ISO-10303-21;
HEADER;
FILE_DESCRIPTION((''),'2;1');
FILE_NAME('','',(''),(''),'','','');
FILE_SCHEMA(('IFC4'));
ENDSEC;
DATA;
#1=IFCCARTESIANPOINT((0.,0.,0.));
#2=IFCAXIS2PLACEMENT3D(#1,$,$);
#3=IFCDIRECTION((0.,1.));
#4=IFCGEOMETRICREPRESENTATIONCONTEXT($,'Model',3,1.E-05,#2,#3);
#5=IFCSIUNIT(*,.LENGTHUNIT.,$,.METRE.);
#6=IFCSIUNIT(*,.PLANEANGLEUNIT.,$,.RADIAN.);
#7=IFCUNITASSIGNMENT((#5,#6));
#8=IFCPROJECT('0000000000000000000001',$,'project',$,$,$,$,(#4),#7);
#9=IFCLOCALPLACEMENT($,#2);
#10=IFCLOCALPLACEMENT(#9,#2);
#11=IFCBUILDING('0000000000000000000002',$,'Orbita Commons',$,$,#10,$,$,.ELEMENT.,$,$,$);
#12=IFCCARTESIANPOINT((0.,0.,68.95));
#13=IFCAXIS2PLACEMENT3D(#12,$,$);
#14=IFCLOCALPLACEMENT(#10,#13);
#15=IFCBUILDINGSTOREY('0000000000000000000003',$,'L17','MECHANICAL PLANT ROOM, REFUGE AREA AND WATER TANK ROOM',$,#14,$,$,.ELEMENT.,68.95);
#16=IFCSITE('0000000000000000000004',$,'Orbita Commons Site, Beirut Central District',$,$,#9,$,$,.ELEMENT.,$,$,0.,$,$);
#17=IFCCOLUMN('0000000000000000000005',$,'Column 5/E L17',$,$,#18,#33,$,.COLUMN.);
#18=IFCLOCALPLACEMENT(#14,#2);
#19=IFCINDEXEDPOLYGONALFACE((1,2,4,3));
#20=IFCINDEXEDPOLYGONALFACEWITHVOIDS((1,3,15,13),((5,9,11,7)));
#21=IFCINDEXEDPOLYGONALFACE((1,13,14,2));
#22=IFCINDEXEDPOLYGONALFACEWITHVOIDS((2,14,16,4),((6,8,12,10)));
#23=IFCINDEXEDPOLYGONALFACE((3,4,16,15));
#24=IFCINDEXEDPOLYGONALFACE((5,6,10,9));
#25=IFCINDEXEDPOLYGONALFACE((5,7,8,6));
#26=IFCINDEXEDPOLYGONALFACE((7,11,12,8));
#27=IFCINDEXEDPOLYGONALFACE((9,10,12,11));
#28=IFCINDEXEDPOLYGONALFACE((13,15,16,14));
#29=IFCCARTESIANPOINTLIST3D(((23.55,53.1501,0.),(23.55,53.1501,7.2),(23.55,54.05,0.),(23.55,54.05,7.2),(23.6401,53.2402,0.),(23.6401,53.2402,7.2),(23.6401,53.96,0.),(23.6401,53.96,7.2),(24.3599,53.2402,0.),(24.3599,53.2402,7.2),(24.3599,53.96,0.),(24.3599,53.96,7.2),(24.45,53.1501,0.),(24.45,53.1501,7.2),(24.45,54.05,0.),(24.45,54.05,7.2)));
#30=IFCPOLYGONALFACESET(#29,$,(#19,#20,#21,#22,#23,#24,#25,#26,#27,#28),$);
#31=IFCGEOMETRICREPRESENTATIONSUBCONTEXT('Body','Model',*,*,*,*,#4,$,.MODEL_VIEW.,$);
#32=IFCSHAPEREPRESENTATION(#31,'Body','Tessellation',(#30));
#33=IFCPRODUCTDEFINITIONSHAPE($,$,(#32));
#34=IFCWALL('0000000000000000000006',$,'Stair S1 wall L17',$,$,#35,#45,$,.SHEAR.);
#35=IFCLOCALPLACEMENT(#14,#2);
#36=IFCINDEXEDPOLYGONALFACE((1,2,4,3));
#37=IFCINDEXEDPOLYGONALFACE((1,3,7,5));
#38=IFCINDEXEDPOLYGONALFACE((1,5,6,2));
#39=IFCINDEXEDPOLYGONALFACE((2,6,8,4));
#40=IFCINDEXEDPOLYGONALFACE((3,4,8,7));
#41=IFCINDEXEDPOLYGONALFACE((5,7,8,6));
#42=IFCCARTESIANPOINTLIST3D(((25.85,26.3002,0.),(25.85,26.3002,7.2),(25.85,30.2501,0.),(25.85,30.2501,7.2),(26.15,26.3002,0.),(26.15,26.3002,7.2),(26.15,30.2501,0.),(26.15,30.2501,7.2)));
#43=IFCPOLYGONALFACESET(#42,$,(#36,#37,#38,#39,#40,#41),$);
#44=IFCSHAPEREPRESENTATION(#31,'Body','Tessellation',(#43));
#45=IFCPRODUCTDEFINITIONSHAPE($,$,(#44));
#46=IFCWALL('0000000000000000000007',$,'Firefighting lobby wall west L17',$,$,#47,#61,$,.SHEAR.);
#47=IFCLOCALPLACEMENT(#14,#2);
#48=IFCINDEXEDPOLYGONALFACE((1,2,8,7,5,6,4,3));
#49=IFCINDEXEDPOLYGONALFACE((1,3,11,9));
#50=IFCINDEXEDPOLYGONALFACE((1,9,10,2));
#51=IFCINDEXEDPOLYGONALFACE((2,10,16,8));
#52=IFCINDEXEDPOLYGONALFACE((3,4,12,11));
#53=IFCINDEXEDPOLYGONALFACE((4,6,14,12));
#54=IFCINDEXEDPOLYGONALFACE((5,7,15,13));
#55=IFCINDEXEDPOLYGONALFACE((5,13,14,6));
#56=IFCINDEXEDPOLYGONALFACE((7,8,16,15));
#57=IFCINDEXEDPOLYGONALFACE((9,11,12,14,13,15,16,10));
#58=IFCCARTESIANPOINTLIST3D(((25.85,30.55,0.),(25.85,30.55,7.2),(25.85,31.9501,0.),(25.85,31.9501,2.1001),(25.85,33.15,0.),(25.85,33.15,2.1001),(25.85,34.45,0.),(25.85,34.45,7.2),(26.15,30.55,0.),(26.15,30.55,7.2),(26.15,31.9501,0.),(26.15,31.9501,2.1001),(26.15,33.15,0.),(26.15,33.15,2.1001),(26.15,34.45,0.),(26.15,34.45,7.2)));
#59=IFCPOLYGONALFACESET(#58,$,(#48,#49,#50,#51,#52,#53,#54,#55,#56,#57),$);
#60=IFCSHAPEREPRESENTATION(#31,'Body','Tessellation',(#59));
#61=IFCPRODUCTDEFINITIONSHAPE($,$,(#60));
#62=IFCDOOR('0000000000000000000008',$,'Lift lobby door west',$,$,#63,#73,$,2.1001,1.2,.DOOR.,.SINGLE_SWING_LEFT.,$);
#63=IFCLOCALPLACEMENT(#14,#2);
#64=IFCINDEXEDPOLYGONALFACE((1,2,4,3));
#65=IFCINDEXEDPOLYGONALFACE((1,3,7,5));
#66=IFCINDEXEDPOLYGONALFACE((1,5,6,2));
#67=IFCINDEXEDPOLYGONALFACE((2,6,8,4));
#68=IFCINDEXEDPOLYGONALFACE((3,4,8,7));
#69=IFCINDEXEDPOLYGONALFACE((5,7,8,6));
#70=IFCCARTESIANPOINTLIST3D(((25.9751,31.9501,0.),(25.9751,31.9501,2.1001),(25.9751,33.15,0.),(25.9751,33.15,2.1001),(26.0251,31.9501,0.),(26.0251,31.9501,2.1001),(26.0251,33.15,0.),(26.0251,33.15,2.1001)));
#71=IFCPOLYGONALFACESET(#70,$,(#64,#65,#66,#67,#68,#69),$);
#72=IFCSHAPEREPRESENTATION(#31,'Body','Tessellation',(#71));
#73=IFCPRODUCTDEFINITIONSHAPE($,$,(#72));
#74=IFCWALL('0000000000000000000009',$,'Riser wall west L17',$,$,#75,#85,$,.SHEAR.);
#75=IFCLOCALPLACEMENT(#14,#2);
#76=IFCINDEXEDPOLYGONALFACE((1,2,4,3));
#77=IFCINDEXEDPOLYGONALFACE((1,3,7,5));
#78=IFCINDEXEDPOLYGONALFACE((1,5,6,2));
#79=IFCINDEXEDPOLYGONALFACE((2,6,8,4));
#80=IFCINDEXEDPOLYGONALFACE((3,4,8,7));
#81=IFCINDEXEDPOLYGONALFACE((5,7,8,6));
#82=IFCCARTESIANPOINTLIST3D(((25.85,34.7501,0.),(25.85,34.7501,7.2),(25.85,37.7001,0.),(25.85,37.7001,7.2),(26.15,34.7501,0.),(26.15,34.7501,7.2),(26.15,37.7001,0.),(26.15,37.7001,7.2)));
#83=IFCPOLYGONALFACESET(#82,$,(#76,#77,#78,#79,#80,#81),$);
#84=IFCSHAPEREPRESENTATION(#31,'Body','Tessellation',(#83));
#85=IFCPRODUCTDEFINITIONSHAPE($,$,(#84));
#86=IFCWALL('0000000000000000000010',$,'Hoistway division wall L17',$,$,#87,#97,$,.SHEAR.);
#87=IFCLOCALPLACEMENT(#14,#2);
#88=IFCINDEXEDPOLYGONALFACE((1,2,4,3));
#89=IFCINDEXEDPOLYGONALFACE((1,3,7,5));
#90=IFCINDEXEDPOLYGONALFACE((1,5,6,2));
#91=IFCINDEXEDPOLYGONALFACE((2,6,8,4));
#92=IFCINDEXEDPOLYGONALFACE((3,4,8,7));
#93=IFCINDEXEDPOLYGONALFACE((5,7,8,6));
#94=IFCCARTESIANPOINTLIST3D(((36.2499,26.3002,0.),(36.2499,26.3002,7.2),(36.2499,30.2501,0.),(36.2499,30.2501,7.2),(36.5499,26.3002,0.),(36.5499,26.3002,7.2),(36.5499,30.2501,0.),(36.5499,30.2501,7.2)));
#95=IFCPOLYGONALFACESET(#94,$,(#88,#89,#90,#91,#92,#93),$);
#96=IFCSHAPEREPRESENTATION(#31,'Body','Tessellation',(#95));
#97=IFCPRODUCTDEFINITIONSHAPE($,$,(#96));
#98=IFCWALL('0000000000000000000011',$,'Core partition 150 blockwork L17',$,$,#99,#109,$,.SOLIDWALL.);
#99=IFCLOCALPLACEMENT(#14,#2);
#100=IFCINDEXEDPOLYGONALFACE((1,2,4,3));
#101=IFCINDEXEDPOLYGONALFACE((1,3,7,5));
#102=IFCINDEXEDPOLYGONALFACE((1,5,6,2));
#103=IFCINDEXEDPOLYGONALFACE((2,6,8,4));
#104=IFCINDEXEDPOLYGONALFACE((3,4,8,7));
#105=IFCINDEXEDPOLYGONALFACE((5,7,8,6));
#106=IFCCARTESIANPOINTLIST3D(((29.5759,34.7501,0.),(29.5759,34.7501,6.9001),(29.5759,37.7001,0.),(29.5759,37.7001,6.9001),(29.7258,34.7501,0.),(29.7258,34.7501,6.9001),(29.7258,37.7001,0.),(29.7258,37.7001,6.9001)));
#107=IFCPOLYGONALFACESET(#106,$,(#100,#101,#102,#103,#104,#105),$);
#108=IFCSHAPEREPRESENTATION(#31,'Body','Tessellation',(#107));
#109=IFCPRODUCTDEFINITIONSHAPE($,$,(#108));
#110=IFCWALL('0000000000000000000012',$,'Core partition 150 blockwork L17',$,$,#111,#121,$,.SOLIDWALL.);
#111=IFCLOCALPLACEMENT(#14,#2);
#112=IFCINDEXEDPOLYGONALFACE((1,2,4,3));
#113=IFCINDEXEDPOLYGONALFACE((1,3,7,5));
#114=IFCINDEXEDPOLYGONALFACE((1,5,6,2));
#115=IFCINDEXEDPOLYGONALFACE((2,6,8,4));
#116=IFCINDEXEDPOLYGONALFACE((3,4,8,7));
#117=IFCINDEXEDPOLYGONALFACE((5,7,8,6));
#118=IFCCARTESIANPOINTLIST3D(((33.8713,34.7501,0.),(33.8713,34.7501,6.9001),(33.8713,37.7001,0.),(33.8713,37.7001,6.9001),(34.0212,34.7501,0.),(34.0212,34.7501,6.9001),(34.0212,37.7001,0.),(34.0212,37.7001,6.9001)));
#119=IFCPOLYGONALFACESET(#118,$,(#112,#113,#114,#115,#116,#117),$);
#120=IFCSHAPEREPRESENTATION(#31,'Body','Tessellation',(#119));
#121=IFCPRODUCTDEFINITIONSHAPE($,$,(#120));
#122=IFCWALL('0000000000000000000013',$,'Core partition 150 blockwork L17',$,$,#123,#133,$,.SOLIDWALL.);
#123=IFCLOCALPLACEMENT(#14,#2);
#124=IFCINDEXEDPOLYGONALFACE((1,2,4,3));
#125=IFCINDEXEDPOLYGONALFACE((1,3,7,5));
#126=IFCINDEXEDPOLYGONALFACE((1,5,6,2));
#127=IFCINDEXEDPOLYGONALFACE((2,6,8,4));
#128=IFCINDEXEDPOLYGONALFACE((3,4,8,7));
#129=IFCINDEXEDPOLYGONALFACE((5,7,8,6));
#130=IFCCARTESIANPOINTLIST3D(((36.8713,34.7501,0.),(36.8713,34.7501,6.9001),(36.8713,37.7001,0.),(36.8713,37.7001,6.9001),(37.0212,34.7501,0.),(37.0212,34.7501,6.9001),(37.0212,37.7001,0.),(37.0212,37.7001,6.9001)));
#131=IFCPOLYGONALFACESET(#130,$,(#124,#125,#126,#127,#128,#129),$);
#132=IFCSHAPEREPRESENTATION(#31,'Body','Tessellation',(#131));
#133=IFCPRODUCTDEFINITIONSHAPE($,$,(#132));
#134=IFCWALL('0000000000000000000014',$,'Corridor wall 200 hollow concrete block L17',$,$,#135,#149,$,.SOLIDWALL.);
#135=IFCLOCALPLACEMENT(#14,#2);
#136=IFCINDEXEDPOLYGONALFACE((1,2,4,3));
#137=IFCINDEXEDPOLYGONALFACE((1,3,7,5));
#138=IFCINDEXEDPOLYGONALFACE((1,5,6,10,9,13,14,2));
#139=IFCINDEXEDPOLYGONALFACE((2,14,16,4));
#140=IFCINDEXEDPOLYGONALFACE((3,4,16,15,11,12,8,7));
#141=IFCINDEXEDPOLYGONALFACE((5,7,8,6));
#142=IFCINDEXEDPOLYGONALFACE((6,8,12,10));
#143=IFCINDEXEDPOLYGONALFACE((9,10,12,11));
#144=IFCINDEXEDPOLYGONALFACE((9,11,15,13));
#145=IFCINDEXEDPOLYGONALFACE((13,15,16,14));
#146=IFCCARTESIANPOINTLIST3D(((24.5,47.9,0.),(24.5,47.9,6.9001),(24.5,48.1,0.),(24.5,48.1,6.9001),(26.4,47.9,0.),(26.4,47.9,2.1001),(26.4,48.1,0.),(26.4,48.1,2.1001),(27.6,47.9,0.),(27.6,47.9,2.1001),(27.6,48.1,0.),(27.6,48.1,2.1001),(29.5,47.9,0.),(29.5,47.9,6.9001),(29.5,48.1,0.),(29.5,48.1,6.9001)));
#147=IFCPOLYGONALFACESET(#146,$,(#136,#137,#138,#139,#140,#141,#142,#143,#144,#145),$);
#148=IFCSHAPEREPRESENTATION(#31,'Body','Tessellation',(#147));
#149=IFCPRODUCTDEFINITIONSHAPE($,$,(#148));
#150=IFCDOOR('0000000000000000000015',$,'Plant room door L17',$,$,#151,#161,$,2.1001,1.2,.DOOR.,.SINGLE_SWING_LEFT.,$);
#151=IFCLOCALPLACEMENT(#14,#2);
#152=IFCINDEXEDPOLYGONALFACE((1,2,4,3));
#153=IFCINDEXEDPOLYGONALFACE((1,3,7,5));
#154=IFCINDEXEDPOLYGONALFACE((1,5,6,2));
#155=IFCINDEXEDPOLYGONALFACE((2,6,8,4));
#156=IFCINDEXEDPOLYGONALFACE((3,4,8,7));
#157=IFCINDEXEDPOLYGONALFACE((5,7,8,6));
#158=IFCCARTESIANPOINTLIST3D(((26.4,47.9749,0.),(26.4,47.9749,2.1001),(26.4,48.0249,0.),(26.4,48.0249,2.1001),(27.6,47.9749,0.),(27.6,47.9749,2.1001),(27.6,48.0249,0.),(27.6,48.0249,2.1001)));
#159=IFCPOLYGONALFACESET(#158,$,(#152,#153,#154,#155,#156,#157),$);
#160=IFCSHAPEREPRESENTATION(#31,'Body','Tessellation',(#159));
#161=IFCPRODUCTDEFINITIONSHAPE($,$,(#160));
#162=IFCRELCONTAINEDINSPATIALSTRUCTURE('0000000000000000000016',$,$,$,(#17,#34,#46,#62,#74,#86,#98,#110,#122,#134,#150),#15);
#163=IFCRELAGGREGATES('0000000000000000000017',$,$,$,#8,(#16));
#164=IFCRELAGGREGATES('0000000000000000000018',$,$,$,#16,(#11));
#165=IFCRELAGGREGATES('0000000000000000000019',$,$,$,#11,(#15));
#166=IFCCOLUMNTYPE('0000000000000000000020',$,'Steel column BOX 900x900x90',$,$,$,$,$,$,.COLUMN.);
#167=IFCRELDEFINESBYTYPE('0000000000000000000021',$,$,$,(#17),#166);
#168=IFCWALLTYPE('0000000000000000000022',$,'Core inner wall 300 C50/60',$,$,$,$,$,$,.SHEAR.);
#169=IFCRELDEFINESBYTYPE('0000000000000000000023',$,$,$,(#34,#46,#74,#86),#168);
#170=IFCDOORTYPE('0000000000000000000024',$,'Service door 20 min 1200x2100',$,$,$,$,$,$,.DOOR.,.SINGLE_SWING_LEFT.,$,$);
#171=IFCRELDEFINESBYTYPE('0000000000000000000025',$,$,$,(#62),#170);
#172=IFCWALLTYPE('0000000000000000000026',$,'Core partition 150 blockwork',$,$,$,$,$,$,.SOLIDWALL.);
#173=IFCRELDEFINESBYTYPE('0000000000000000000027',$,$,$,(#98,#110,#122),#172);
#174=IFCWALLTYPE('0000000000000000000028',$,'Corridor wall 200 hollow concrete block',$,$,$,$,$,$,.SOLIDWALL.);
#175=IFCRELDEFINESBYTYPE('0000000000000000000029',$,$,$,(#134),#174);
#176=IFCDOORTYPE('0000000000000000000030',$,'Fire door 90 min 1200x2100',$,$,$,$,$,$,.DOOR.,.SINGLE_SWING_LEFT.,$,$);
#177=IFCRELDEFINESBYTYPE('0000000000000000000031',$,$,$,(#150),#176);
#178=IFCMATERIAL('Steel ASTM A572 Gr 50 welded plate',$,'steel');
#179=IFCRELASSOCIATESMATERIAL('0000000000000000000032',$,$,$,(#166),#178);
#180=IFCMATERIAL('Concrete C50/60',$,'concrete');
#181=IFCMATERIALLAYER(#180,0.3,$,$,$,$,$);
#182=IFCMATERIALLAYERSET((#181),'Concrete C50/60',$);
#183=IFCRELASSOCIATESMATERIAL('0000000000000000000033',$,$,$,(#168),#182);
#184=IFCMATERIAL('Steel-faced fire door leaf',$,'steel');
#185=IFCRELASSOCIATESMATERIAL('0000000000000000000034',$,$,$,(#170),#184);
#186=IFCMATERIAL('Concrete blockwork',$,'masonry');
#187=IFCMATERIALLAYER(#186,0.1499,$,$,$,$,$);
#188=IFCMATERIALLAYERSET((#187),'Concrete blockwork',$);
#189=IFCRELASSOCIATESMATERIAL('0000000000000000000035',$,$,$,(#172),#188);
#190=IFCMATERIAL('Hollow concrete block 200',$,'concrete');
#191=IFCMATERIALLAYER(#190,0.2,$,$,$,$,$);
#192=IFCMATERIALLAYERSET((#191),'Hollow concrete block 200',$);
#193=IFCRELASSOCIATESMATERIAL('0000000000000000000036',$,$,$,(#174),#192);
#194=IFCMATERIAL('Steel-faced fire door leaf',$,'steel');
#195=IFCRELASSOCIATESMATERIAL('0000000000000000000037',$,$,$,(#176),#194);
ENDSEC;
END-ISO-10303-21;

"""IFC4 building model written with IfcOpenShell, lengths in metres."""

from ifc_helpers import new_model, si_unit, direction, frame, frame_2d, origin, origin_2d, place, context, subcontext, project, spatial, rectangle, hollow_rectangle, extrude, material, layer, layer_set, material_profile, profile_set, type_object, element, fill, save


model = new_model("IFC4")

# Units and contexts
model_context = context("Model", 3, precision=1e-05, world=origin(), true_north=direction((0.0, 1.0)))
body_context = subcontext(model_context, "Body", "Model", "MODEL_VIEW")
ifc_project = project(units=[si_unit("LENGTHUNIT", "METRE"), si_unit("PLANEANGLEUNIT", "RADIAN")], contexts=[model_context])

# Site, building, storey
site_placement = place(None, origin())
site = spatial("IfcSite", under=ifc_project, at=site_placement, Name="Orbita Commons Site, Beirut Central District", CompositionType="ELEMENT", RefElevation=0.0)
building_placement = place(site_placement, origin())
building = spatial("IfcBuilding", under=site, at=building_placement, Name="Orbita Commons", CompositionType="ELEMENT")
storey_placement = place(building_placement, frame((0.0, 0.0, 68.95)))
storey = spatial("IfcBuildingStorey", under=building, at=storey_placement, Name="L17", Description="MECHANICAL PLANT ROOM, REFUGE AREA AND WATER TANK ROOM", CompositionType="ELEMENT", Elevation=68.95)

# Column
ifc_material_1 = material(Name="Steel ASTM A572 Gr 50 welded plate", Category="steel")
ifc_material_profile = material_profile(ifc_material_1, hollow_rectangle(XDim=0.8999, YDim=0.8999, WallThickness=0.0901, at=origin_2d()), Name="BOX 900x900x90")
ifc_profile_set = profile_set([ifc_material_profile], Name="Steel ASTM A572 Gr 50 welded plate")
column_type = type_object("IfcColumnType", Name="Steel column BOX 900x900x90", PredefinedType="COLUMN", material=ifc_profile_set)
column_placement = place(storey_placement, frame((24.0, 53.6001, 0.0), z_axis=(0.0, 0.0, 1.0), x_axis=(1.0, 0.0, 0.0)))
element("IfcColumn", 1, at=column_placement, inside=storey, type_object=column_type, Name="Column 5/E L17", PredefinedType="COLUMN", context=body_context, shape_type="SweptSolid", body=[
    extrude(hollow_rectangle(XDim=0.8999, YDim=0.8999, WallThickness=0.0901, at=origin_2d()), origin(), (0.0, 0.0, 1.0), 7.2),
])

# Wall
ifc_material_2 = material(Name="Concrete C50/60", Category="concrete")
ifc_layer_1 = layer(ifc_material_2, 0.3)
ifc_layer_set_1 = layer_set([ifc_layer_1], Name="Concrete C50/60")
wall_type_1 = type_object("IfcWallType", Name="Core inner wall 300 C50/60", PredefinedType="SHEAR", material=ifc_layer_set_1)
wall_1_placement = place(storey_placement, frame((26.0, 26.3, 0.0), z_axis=(0.0, 0.0, 1.0), x_axis=(0.0, 1.0, 0.0)))
element("IfcWall", 2, at=wall_1_placement, inside=storey, type_object=wall_type_1, Name="Stair S1 wall L17", PredefinedType="SHEAR", context=body_context, shape_type="SweptSolid", body=[
    extrude(rectangle(XDim=3.95, YDim=0.3, at=frame_2d((1.9751, 0.0))), origin(), (0.0, 0.0, 1.0), 7.2),
])

# Wall, opening, door
wall_2_placement = place(storey_placement, frame((26.0, 30.55, 0.0), z_axis=(0.0, 0.0, 1.0), x_axis=(0.0, 1.0, 0.0)))
wall_2 = element("IfcWall", 3, at=wall_2_placement, inside=storey, type_object=wall_type_1, Name="Firefighting lobby wall west L17", PredefinedType="SHEAR", context=body_context, shape_type="SweptSolid", body=[
    extrude(rectangle(XDim=3.8999, YDim=0.3, at=frame_2d((1.95, 0.0))), origin(), (0.0, 0.0, 1.0), 7.2),
])
opening_1_placement = place(wall_2_placement, frame((1.3999, 0.0, 0.0)))
opening_1 = element("IfcOpeningElement", 4, at=opening_1_placement, cuts=wall_2, PredefinedType="OPENING", context=body_context, shape_type="SweptSolid", body=[
    extrude(rectangle(XDim=1.2, YDim=2.1001, at=frame_2d((0.6001, 1.05))), frame((0.0, 0.1599, 0.0), z_axis=(0.0, -1.0, 0.0), x_axis=(1.0, 0.0, 0.0)), (0.0, 0.0, 1.0), 0.3201),
])
ifc_material_3 = material(Name="Steel-faced fire door leaf", Category="steel")
door_type_1 = type_object("IfcDoorType", Name="Service door 20 min 1200x2100", OperationType="SINGLE_SWING_LEFT", PredefinedType="DOOR", material=ifc_material_3)
door_1_placement = place(opening_1_placement, origin())
door_1 = element("IfcDoor", 5, at=door_1_placement, inside=storey, type_object=door_type_1, Name="Lift lobby door west", OperationType="SINGLE_SWING_LEFT", OverallHeight=2.1001, OverallWidth=1.2, PredefinedType="DOOR", context=body_context, shape_type="SweptSolid", body=[
    extrude(rectangle(XDim=1.2, YDim=2.1001, at=frame_2d((0.6001, 1.05))), frame((0.0, 0.0249, 0.0), z_axis=(0.0, -1.0, 0.0), x_axis=(1.0, 0.0, 0.0)), (0.0, 0.0, 1.0), 0.05),
])
fill(opening_1, door_1)

# Walls
wall_3_placement = place(storey_placement, frame((26.0, 34.75, 0.0), z_axis=(0.0, 0.0, 1.0), x_axis=(0.0, 1.0, 0.0)))
element("IfcWall", 6, at=wall_3_placement, inside=storey, type_object=wall_type_1, Name="Riser wall west L17", PredefinedType="SHEAR", context=body_context, shape_type="SweptSolid", body=[
    extrude(rectangle(XDim=2.95, YDim=0.3, at=frame_2d((1.4751, 0.0))), origin(), (0.0, 0.0, 1.0), 7.2),
])
wall_4_placement = place(storey_placement, frame((36.3999, 26.3, 0.0), z_axis=(0.0, 0.0, 1.0), x_axis=(0.0, 1.0, 0.0)))
element("IfcWall", 7, at=wall_4_placement, inside=storey, type_object=wall_type_1, Name="Hoistway division wall L17", PredefinedType="SHEAR", context=body_context, shape_type="SweptSolid", body=[
    extrude(rectangle(XDim=3.95, YDim=0.3, at=frame_2d((1.9751, 0.0))), origin(), (0.0, 0.0, 1.0), 7.2),
])
ifc_material_4 = material(Name="Concrete blockwork", Category="masonry")
ifc_layer_2 = layer(ifc_material_4, 0.1499)
ifc_layer_set_2 = layer_set([ifc_layer_2], Name="Concrete blockwork")
wall_type_2 = type_object("IfcWallType", Name="Core partition 150 blockwork", PredefinedType="SOLIDWALL", material=ifc_layer_set_2)
for number, where, z_axis, x_axis, name in (
    (8, (29.6509, 34.75, 0.0), (0.0, 0.0, 1.0), (0.0, 1.0, 0.0), "Core partition 150 blockwork L17"),
    (9, (33.9463, 34.75, 0.0), (0.0, 0.0, 1.0), (0.0, 1.0, 0.0), "Core partition 150 blockwork L17"),
    (10, (36.9463, 34.75, 0.0), (0.0, 0.0, 1.0), (0.0, 1.0, 0.0), "Core partition 150 blockwork L17"),
):
    element("IfcWall", number, at=place(storey_placement, frame(where, z_axis=z_axis, x_axis=x_axis)), inside=storey, type_object=wall_type_2, Name=name, PredefinedType="SOLIDWALL", context=body_context, shape_type="SweptSolid", body=[
        extrude(rectangle(XDim=2.95, YDim=0.1499, at=frame_2d((1.4751, 0.0))), origin(), (0.0, 0.0, 1.0), 6.9001),
    ])

# Wall, opening, door
ifc_material_5 = material(Name="Hollow concrete block 200", Category="concrete")
ifc_layer_3 = layer(ifc_material_5, 0.2)
ifc_layer_set_3 = layer_set([ifc_layer_3], Name="Hollow concrete block 200")
wall_type_3 = type_object("IfcWallType", Name="Corridor wall 200 hollow concrete block", PredefinedType="SOLIDWALL", material=ifc_layer_set_3)
wall_5_placement = place(storey_placement, frame((24.5, 48.0, 0.0), z_axis=(0.0, 0.0, 1.0), x_axis=(1.0, 0.0, 0.0)))
wall_5 = element("IfcWall", 11, at=wall_5_placement, inside=storey, type_object=wall_type_3, Name="Corridor wall 200 hollow concrete block L17", PredefinedType="SOLIDWALL", context=body_context, shape_type="SweptSolid", body=[
    extrude(rectangle(XDim=5.0, YDim=0.2, at=frame_2d((2.5, 0.0))), origin(), (0.0, 0.0, 1.0), 6.9001),
])
opening_2_placement = place(wall_5_placement, frame((1.8999, 0.0, 0.0)))
opening_2 = element("IfcOpeningElement", 12, at=opening_2_placement, cuts=wall_5, PredefinedType="OPENING", context=body_context, shape_type="SweptSolid", body=[
    extrude(rectangle(XDim=1.2, YDim=2.1001, at=frame_2d((0.6001, 1.05))), frame((0.0, 0.1099, 0.0), z_axis=(0.0, -1.0, 0.0), x_axis=(1.0, 0.0, 0.0)), (0.0, 0.0, 1.0), 0.22),
])
ifc_material_6 = material(Name="Steel-faced fire door leaf", Category="steel")
door_type_2 = type_object("IfcDoorType", Name="Fire door 90 min 1200x2100", OperationType="SINGLE_SWING_LEFT", PredefinedType="DOOR", material=ifc_material_6)
door_2_placement = place(opening_2_placement, origin())
door_2 = element("IfcDoor", 13, at=door_2_placement, inside=storey, type_object=door_type_2, Name="Plant room door L17", OperationType="SINGLE_SWING_LEFT", OverallHeight=2.1001, OverallWidth=1.2, PredefinedType="DOOR", context=body_context, shape_type="SweptSolid", body=[
    extrude(rectangle(XDim=1.2, YDim=2.1001, at=frame_2d((0.6001, 1.05))), frame((0.0, 0.0249, 0.0), z_axis=(0.0, -1.0, 0.0), x_axis=(1.0, 0.0, 0.0)), (0.0, 0.0, 1.0), 0.05),
])
fill(opening_2, door_2)

save(model, "model.ifc")
